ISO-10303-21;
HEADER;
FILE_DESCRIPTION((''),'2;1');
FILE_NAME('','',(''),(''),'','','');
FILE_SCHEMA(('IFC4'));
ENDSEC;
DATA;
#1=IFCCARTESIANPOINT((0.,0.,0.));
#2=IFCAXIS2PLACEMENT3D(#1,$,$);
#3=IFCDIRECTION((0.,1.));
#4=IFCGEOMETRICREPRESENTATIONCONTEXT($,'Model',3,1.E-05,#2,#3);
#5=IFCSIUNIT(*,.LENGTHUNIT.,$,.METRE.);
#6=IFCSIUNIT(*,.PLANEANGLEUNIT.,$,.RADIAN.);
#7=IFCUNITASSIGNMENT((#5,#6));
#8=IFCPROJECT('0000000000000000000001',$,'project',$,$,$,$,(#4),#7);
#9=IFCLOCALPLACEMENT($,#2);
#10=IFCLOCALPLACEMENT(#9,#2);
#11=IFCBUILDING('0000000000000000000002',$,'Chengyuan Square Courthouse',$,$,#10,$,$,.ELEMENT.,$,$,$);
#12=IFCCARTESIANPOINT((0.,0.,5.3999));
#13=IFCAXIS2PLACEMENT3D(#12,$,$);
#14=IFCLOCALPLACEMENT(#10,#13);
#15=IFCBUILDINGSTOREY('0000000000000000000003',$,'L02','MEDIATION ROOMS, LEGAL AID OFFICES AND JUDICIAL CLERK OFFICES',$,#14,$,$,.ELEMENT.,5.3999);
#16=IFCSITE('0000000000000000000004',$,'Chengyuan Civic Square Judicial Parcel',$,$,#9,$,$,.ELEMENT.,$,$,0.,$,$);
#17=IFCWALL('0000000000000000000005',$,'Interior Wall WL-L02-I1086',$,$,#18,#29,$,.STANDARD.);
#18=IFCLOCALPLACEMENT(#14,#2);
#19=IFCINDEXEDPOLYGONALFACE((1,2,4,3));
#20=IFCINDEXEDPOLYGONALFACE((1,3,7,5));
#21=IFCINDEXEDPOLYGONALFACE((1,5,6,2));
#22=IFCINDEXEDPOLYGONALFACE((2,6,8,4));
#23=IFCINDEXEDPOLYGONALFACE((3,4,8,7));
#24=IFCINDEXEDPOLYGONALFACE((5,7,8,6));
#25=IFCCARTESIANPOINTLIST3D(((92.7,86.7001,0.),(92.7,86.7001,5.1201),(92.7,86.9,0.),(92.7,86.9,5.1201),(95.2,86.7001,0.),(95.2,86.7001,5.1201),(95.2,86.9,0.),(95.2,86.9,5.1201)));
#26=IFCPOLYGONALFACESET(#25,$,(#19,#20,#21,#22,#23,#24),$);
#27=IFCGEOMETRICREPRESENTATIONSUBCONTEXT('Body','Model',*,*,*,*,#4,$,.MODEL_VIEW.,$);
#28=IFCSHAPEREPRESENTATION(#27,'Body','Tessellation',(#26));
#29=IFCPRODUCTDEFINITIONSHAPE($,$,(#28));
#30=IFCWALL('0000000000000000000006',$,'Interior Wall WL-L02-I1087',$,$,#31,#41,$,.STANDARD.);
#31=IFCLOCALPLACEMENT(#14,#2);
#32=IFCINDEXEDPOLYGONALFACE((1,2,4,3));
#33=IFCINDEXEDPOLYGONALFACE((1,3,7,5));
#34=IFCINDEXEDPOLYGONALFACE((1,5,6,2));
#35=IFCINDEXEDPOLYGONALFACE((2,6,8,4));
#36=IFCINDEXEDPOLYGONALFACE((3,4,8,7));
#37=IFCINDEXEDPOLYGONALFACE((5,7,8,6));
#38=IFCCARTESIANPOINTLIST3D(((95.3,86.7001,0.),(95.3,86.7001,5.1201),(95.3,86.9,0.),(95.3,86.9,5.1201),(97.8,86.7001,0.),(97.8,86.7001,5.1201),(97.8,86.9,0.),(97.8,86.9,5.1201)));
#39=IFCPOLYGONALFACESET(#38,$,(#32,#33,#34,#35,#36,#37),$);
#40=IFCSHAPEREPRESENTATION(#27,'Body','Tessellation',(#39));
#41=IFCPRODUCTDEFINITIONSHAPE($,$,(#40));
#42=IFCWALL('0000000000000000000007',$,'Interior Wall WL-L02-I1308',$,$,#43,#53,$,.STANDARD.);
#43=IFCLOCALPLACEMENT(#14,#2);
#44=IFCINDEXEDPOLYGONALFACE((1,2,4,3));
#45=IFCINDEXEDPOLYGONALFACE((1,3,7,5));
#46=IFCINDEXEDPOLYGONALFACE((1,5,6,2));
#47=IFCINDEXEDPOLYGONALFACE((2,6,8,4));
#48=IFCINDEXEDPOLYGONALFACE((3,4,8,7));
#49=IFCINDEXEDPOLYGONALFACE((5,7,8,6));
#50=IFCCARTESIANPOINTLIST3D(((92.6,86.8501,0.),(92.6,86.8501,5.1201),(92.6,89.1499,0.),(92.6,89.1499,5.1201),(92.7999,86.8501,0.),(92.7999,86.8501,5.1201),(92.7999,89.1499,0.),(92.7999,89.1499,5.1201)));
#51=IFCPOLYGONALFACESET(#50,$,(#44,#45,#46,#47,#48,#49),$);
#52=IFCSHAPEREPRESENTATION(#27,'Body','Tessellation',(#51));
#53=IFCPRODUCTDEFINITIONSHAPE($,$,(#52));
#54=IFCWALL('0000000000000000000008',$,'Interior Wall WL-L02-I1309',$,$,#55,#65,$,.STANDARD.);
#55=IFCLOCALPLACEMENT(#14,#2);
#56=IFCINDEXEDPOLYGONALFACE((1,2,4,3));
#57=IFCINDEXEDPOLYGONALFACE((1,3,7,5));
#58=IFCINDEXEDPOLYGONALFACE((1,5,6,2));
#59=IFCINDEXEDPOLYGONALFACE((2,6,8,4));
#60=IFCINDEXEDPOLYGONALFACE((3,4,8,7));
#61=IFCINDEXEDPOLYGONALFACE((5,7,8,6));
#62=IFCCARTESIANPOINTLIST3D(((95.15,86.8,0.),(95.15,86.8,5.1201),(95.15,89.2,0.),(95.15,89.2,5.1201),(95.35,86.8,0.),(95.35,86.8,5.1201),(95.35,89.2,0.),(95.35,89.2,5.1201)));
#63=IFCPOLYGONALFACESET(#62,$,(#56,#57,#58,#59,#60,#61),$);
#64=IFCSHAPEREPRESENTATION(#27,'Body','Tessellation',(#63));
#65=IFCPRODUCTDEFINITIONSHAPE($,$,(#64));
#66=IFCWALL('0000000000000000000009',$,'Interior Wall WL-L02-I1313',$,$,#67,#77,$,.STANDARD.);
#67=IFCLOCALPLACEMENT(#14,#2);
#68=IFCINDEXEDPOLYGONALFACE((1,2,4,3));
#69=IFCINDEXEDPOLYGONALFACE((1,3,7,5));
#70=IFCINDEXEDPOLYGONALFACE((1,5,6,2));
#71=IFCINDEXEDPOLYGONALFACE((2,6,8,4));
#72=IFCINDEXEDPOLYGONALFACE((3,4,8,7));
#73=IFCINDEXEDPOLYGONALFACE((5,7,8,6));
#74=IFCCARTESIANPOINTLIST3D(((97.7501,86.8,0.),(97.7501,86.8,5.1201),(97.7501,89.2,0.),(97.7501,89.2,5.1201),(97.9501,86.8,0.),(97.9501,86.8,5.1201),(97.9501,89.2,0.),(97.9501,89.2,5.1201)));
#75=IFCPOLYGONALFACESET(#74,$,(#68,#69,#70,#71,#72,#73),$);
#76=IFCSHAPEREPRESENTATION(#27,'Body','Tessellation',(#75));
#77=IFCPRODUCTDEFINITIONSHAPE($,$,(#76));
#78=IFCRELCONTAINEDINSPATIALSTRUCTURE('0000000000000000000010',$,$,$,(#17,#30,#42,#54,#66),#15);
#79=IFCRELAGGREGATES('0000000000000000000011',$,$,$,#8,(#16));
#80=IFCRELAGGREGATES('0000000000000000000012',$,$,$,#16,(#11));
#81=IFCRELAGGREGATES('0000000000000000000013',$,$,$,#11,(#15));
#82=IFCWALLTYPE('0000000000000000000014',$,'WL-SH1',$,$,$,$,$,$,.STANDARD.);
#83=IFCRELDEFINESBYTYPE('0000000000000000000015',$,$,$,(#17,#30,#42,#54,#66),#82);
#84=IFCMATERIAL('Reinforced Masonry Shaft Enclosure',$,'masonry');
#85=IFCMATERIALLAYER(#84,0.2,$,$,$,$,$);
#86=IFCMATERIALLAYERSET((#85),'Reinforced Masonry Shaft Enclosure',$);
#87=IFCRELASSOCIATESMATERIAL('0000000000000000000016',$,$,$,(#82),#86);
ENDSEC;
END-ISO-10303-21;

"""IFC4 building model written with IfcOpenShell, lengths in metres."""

from ifc_helpers import new_model, si_unit, direction, frame, frame_2d, origin, place, context, subcontext, project, spatial, rectangle, extrude, material, layer, layer_set, type_object, element, save


model = new_model("IFC4")

# Units and contexts
model_context = context("Model", 3, precision=1e-05, world=origin(), true_north=direction((0.0, 1.0)))
body_context = subcontext(model_context, "Body", "Model", "MODEL_VIEW")
ifc_project = project(units=[si_unit("LENGTHUNIT", "METRE"), si_unit("PLANEANGLEUNIT", "RADIAN")], contexts=[model_context])

# Site, building, storey
site_placement = place(None, origin())
site = spatial("IfcSite", under=ifc_project, at=site_placement, Name="Chengyuan Civic Square Judicial Parcel", CompositionType="ELEMENT", RefElevation=0.0)
building_placement = place(site_placement, origin())
building = spatial("IfcBuilding", under=site, at=building_placement, Name="Chengyuan Square Courthouse", CompositionType="ELEMENT")
storey_placement = place(building_placement, frame((0.0, 0.0, 5.3999)))
storey = spatial("IfcBuildingStorey", under=building, at=storey_placement, Name="L02", Description="MEDIATION ROOMS, LEGAL AID OFFICES AND JUDICIAL CLERK OFFICES", CompositionType="ELEMENT", Elevation=5.3999)

# Walls
ifc_material_1 = material(Name="Reinforced Masonry Shaft Enclosure", Category="masonry")
ifc_layer_1 = layer(ifc_material_1, 0.2)
ifc_layer_set_1 = layer_set([ifc_layer_1], Name="Reinforced Masonry Shaft Enclosure")
wall_type_1 = type_object("IfcWallType", Name="WL-SH1", PredefinedType="STANDARD", material=ifc_layer_set_1)
for number, where, z_axis, x_axis, name in (
    (1, (92.7, 86.8, 0.0), (0.0, 0.0, 1.0), (1.0, 0.0, 0.0), "Interior Wall WL-L02-I1086"),
    (2, (95.3, 86.8, 0.0), (0.0, 0.0, 1.0), (1.0, 0.0, 0.0), "Interior Wall WL-L02-I1087"),
):
    element("IfcWall", number, at=place(storey_placement, frame(where, z_axis=z_axis, x_axis=x_axis)), inside=storey, type_object=wall_type_1, Name=name, PredefinedType="STANDARD", context=body_context, shape_type="SweptSolid", body=[
        extrude(rectangle(XDim=2.5, YDim=0.2, at=frame_2d((1.25, 0.0))), origin(), (0.0, 0.0, 1.0), 5.1201),
    ])

# Walls
wall_1_placement = place(storey_placement, frame((92.7, 86.8501, 0.0), z_axis=(0.0, 0.0, 1.0), x_axis=(0.0, 1.0, 0.0)))
element("IfcWall", 3, at=wall_1_placement, inside=storey, type_object=wall_type_1, Name="Interior Wall WL-L02-I1308", PredefinedType="STANDARD", context=body_context, shape_type="SweptSolid", body=[
    extrude(rectangle(XDim=2.2998, YDim=0.2, at=frame_2d((1.1499, 0.0))), origin(), (0.0, 0.0, 1.0), 5.1201),
])
for number, where, z_axis, x_axis, name in (
    (4, (95.25, 86.8, 0.0), (0.0, 0.0, 1.0), (0.0, 1.0, 0.0), "Interior Wall WL-L02-I1309"),
    (5, (97.8501, 86.8, 0.0), (0.0, 0.0, 1.0), (0.0, 1.0, 0.0), "Interior Wall WL-L02-I1313"),
):
    element("IfcWall", number, at=place(storey_placement, frame(where, z_axis=z_axis, x_axis=x_axis)), inside=storey, type_object=wall_type_1, Name=name, PredefinedType="STANDARD", context=body_context, shape_type="SweptSolid", body=[
        extrude(rectangle(XDim=2.3999, YDim=0.2, at=frame_2d((1.2, 0.0))), origin(), (0.0, 0.0, 1.0), 5.1201),
    ])

save(model, "model.ifc")
